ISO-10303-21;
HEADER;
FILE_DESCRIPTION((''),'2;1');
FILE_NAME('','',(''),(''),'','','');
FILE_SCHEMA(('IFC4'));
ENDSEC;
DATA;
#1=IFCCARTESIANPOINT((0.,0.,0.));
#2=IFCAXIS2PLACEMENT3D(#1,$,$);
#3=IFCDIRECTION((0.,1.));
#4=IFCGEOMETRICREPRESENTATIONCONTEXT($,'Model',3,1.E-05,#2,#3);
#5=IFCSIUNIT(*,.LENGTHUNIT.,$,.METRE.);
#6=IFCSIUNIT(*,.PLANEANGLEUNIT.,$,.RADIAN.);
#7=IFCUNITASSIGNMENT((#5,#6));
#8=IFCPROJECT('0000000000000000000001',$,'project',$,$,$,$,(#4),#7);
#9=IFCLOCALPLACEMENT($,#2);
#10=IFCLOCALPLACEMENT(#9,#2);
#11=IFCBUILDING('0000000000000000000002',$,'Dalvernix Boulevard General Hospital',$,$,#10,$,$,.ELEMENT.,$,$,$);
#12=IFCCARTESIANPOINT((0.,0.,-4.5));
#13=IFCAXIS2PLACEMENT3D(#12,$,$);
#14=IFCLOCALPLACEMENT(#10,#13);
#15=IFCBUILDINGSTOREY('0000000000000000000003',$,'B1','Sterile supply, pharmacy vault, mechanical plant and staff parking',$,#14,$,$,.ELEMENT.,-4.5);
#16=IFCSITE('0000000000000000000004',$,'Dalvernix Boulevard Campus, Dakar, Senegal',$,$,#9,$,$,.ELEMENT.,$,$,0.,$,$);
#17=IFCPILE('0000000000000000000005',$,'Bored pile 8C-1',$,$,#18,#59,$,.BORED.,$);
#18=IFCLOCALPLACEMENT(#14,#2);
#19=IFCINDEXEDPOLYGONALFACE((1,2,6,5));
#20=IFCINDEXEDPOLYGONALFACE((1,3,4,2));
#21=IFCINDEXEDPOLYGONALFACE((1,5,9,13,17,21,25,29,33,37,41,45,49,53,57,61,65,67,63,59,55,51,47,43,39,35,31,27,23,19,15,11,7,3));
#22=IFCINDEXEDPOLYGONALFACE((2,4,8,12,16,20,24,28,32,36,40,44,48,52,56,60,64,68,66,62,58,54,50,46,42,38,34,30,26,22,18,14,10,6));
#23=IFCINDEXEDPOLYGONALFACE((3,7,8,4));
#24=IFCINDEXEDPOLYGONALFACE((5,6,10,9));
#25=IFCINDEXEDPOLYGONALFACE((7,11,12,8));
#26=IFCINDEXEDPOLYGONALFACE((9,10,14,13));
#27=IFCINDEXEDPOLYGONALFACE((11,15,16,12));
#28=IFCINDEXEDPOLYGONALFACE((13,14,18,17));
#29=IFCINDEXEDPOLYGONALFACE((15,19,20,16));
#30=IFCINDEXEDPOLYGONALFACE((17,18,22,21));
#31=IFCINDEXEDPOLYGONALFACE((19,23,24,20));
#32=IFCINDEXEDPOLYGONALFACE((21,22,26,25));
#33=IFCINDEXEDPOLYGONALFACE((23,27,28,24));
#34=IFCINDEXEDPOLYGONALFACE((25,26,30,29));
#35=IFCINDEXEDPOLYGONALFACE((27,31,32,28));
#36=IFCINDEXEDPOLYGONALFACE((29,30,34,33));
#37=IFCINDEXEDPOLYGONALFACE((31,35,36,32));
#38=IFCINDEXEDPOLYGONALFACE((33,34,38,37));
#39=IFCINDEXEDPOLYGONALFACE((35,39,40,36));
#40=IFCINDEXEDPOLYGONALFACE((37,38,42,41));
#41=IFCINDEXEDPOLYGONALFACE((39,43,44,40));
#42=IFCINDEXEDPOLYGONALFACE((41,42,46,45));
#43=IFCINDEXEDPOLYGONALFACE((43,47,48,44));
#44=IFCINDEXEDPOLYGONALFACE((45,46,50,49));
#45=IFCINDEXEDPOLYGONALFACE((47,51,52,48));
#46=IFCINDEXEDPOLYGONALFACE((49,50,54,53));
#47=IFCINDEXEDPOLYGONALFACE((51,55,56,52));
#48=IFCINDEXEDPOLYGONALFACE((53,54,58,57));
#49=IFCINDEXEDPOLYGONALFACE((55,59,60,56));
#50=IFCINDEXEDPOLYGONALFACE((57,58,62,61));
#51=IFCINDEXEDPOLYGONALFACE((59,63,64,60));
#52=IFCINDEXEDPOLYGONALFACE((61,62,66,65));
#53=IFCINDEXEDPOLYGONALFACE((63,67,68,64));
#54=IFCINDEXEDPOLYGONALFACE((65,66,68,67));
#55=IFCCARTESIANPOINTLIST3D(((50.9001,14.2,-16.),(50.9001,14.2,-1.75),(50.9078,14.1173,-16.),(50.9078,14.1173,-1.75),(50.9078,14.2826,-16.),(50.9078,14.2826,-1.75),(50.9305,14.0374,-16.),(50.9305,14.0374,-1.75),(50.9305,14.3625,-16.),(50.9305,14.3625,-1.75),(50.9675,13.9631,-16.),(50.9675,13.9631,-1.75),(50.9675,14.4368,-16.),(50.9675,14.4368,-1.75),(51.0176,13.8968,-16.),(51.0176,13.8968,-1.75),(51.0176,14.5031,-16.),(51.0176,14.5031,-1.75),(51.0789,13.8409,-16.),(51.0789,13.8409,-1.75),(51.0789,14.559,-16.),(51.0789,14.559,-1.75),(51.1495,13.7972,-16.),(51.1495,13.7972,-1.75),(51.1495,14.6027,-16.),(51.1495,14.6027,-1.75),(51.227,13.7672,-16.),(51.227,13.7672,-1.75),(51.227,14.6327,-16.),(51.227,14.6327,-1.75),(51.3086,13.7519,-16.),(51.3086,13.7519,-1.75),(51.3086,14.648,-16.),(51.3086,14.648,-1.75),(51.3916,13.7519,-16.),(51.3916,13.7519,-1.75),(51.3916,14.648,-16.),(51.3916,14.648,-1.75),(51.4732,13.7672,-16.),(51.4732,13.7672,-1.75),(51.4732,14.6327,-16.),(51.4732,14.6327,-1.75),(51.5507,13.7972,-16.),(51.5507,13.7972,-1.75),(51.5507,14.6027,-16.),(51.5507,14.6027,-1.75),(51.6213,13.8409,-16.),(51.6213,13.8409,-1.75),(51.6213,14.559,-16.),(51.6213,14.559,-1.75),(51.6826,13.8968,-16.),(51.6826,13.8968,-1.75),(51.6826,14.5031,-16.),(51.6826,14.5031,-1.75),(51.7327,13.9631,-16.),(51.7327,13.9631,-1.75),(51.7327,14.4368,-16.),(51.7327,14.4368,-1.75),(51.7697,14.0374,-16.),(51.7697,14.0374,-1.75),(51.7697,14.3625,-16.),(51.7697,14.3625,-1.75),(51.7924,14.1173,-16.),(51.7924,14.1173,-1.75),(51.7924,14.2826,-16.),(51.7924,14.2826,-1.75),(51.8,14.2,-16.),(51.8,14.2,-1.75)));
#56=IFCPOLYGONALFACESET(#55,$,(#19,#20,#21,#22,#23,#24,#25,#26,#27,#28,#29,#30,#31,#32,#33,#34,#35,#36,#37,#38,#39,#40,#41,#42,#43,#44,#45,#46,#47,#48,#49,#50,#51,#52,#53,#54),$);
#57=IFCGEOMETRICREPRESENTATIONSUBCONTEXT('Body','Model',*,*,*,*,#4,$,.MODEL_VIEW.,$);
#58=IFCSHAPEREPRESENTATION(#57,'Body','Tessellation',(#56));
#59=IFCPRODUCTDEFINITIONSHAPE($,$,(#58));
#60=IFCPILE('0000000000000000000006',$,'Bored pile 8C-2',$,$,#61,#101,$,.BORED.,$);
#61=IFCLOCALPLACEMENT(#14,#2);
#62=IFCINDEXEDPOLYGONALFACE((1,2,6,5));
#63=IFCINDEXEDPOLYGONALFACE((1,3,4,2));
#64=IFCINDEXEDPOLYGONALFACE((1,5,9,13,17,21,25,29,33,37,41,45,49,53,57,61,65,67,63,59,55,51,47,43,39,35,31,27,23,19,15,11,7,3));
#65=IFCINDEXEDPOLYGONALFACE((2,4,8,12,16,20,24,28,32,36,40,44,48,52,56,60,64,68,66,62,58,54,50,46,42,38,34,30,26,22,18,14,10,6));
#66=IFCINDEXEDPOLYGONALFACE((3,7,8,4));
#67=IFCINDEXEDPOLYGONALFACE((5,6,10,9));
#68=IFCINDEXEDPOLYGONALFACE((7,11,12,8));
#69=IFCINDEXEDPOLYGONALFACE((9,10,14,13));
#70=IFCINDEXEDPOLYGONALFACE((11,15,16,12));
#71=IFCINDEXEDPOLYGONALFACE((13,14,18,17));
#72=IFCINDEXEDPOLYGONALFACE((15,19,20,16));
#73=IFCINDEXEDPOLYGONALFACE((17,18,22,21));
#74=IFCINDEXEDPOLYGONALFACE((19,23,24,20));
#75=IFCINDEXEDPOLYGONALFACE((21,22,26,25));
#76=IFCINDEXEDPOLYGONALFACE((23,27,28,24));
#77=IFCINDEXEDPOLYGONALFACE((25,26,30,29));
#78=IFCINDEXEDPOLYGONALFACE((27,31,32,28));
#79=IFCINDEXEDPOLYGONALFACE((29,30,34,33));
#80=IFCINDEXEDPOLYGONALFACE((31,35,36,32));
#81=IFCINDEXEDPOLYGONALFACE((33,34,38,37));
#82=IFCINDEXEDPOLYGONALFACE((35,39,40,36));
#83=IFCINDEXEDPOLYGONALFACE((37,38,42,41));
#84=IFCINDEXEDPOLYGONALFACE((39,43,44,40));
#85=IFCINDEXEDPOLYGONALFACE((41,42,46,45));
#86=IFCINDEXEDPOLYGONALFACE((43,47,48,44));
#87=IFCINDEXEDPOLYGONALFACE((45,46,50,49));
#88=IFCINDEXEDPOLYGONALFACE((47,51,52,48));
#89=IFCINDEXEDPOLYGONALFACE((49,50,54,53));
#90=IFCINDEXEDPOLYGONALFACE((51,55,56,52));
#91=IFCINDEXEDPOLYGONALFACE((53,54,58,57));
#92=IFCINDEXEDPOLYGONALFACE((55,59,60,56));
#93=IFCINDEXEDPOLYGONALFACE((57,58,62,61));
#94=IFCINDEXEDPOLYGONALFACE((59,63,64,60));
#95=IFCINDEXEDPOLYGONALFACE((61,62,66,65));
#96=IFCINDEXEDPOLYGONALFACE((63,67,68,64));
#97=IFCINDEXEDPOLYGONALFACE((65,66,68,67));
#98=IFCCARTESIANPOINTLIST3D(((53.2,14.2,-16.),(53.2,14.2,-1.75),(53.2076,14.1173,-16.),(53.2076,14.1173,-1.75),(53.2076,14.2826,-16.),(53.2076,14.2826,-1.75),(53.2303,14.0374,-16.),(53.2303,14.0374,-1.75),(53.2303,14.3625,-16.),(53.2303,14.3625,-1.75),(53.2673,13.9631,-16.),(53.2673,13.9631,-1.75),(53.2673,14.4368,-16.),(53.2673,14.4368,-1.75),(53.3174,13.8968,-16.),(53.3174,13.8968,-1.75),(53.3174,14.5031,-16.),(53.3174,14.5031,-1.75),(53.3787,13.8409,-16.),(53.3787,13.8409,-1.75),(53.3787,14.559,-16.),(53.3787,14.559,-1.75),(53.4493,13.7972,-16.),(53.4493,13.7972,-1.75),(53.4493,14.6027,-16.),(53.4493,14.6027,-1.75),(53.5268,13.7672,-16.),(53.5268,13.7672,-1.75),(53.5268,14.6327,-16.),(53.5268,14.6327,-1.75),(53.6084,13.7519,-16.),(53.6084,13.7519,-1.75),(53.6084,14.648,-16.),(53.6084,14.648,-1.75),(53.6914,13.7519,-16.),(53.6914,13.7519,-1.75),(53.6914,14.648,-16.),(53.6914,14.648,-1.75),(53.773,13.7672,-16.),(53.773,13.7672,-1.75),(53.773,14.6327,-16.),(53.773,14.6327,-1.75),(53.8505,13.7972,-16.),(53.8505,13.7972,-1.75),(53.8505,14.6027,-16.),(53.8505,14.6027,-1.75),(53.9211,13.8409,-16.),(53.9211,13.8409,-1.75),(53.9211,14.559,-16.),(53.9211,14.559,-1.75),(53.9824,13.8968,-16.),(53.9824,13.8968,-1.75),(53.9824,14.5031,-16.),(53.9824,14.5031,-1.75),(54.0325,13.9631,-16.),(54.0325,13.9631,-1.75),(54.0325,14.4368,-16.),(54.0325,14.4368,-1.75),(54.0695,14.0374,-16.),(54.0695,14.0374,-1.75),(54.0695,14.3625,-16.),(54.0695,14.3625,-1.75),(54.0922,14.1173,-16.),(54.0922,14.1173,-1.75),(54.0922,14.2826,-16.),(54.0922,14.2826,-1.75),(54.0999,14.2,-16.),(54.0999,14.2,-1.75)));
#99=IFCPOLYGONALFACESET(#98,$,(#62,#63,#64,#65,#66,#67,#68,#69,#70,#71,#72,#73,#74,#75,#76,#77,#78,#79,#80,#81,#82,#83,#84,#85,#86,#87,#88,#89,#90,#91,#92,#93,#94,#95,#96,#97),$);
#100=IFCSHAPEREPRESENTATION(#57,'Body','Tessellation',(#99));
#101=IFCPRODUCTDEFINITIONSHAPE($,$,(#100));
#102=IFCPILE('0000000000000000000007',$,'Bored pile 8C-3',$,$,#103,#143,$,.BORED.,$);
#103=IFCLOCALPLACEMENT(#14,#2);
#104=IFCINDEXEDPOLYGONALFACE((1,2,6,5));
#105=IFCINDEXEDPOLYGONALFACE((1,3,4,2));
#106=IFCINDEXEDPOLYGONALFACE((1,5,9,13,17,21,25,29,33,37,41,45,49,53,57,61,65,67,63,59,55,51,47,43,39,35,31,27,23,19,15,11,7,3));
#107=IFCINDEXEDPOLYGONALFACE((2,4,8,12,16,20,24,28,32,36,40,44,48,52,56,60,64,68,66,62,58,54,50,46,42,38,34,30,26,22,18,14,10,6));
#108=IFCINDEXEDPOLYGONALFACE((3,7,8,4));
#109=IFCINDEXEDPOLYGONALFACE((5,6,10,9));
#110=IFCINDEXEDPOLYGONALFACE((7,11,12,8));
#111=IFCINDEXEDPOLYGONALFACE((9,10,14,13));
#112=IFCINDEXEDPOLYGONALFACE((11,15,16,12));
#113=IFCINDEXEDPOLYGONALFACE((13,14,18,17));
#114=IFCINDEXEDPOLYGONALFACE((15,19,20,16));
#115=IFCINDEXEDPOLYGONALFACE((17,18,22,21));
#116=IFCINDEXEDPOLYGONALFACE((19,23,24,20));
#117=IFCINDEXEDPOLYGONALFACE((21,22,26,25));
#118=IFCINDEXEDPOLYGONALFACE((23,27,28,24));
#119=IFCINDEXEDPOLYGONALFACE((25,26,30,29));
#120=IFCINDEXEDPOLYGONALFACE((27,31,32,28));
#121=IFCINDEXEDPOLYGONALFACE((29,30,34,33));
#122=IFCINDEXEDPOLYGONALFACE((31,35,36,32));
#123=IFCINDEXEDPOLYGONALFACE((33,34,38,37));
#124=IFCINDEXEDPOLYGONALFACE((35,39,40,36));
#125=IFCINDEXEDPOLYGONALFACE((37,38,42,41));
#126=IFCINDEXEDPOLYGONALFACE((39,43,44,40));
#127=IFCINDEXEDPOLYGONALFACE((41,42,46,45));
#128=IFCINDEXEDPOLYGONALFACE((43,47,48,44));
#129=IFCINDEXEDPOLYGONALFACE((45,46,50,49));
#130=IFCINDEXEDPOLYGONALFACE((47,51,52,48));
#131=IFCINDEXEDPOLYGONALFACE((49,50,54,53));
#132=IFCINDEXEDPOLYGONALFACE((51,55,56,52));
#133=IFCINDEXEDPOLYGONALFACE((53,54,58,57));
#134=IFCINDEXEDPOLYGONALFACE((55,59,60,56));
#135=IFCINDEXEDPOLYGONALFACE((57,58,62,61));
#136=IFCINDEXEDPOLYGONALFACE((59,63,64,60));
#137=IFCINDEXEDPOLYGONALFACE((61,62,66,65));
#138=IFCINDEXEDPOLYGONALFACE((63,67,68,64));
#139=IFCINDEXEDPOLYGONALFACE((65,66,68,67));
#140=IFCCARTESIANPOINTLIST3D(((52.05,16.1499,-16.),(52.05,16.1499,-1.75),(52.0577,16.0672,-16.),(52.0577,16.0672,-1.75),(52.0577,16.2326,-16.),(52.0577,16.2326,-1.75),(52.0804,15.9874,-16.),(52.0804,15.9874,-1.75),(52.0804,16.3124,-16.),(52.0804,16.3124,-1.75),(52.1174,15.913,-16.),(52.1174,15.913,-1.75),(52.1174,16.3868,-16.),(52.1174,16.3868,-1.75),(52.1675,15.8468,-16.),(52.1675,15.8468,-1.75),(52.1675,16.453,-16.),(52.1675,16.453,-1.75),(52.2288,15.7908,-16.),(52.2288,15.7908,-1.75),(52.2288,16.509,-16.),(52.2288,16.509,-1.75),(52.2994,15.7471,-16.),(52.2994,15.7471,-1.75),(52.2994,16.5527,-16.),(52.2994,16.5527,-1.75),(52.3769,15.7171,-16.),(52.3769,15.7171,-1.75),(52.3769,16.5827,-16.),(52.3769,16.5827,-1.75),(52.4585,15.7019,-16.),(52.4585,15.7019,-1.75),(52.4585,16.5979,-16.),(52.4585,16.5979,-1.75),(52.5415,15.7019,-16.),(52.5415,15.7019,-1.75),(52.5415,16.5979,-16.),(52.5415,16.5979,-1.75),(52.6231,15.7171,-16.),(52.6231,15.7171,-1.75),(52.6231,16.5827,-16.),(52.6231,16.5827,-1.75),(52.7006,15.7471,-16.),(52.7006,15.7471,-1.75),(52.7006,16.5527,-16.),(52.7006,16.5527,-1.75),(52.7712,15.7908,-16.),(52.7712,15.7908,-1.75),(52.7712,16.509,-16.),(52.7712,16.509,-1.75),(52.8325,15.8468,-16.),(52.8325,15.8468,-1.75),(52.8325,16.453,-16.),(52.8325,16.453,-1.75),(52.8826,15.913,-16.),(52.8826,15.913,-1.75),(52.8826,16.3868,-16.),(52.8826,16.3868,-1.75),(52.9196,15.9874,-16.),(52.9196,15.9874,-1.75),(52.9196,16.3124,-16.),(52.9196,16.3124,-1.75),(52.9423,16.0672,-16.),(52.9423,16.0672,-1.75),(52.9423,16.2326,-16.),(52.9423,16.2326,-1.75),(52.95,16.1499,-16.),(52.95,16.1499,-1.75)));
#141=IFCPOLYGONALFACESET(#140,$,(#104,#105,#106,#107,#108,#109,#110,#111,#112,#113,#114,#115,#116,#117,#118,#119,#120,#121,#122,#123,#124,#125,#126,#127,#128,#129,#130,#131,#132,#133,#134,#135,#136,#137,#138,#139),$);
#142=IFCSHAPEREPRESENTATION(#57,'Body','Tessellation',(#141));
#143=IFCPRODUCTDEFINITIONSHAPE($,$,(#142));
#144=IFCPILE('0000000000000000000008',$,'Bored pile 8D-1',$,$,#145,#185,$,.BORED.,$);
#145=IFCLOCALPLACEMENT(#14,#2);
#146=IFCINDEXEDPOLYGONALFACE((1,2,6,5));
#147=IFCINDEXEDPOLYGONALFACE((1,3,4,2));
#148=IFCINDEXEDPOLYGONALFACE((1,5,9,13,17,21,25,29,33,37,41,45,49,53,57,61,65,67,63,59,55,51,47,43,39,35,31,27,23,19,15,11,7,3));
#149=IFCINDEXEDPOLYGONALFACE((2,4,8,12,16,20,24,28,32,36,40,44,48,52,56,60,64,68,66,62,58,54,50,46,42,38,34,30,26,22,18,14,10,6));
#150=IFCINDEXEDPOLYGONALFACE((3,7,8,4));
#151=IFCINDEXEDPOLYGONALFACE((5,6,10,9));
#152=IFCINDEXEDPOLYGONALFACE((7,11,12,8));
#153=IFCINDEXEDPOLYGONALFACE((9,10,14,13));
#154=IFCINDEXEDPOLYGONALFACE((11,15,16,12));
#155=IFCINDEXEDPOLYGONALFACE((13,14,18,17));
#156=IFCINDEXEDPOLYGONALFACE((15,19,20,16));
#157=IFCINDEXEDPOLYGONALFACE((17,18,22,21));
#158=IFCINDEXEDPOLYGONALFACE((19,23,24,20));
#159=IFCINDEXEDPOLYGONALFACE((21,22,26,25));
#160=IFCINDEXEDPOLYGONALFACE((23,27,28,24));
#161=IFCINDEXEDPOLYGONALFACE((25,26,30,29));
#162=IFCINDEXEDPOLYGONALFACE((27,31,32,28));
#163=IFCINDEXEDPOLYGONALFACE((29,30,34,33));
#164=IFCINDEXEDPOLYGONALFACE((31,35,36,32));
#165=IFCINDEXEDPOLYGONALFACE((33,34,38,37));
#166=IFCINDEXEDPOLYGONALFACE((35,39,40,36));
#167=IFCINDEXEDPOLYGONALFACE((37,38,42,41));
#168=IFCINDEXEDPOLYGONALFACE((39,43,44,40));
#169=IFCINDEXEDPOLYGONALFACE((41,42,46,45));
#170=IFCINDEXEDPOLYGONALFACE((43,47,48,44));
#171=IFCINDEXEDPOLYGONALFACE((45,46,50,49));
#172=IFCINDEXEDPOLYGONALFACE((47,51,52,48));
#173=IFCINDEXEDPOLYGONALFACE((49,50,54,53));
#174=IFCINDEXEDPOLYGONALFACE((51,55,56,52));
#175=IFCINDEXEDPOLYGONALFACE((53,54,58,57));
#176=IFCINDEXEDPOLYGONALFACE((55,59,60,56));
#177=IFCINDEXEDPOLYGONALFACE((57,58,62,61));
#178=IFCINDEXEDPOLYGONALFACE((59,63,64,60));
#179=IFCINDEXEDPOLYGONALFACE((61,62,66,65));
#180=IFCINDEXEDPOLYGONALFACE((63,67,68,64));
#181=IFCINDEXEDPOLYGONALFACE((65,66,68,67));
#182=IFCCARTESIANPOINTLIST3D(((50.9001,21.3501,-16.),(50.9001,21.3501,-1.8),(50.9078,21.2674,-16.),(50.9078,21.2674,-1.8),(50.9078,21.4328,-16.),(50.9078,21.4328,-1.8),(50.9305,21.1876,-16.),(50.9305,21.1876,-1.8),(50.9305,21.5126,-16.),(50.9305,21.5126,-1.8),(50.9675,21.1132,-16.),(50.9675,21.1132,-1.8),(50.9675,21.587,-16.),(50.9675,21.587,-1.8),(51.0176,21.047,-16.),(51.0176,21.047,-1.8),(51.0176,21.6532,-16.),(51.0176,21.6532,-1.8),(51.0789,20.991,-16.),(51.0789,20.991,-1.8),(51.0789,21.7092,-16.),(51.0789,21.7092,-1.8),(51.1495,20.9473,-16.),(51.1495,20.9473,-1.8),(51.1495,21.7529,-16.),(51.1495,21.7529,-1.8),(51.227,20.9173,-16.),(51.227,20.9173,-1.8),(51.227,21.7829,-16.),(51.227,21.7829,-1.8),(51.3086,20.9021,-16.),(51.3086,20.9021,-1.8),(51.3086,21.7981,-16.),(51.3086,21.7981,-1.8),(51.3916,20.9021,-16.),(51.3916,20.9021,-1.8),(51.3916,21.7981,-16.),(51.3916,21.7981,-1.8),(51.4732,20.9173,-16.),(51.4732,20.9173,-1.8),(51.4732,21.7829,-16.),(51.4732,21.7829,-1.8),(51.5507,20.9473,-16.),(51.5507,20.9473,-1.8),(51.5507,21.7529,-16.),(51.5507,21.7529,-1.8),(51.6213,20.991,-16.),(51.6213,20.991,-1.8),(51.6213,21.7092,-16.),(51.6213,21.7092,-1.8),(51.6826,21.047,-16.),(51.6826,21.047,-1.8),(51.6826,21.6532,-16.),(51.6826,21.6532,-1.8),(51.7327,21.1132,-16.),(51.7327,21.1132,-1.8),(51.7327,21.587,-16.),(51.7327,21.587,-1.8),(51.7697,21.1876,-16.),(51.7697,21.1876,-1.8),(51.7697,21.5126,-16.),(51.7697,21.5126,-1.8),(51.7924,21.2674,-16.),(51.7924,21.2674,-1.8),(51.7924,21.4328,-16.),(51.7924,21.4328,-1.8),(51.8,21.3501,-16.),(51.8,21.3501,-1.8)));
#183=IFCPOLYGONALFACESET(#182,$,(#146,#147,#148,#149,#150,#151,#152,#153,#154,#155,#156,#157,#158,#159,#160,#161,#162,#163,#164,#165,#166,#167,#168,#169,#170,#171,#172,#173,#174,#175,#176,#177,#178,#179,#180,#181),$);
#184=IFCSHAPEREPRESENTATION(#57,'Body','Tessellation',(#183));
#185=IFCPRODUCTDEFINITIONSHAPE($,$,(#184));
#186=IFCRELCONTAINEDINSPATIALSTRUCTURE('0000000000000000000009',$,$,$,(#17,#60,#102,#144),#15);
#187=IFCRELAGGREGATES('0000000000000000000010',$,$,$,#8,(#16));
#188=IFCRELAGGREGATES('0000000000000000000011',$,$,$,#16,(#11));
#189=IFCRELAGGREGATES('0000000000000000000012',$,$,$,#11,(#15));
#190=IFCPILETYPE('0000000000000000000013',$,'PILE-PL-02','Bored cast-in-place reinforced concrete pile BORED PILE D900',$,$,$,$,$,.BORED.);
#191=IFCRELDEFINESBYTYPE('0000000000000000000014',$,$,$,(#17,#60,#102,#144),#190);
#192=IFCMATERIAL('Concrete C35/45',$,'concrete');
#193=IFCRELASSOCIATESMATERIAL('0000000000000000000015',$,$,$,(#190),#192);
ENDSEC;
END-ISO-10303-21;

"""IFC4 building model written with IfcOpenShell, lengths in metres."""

from ifc_helpers import new_model, si_unit, direction, frame, origin, origin_2d, place, context, subcontext, project, spatial, circle, extrude, material, material_profile, profile_set, type_object, element, save


model = new_model("IFC4")

# Units and contexts
model_context = context("Model", 3, precision=1e-05, world=origin(), true_north=direction((0.0, 1.0)))
body_context = subcontext(model_context, "Body", "Model", "MODEL_VIEW")
ifc_project = project(units=[si_unit("LENGTHUNIT", "METRE"), si_unit("PLANEANGLEUNIT", "RADIAN")], contexts=[model_context])

# Site, building, storey
site_placement = place(None, origin())
site = spatial("IfcSite", under=ifc_project, at=site_placement, Name="Dalvernix Boulevard Campus, Dakar, Senegal", CompositionType="ELEMENT", RefElevation=0.0)
building_placement = place(site_placement, origin())
building = spatial("IfcBuilding", under=site, at=building_placement, Name="Dalvernix Boulevard General Hospital", CompositionType="ELEMENT")
storey_placement = place(building_placement, frame((0.0, 0.0, -4.5)))
storey = spatial("IfcBuildingStorey", under=building, at=storey_placement, Name="B1", Description="Sterile supply, pharmacy vault, mechanical plant and staff parking", CompositionType="ELEMENT", Elevation=-4.5)

# Shared definitions
ifc_material_1 = material(Name="Concrete C35/45", Category="concrete")

# Piles
ifc_material_profile_1 = material_profile(ifc_material_1, circle(Radius=0.45, at=origin_2d()), Name="BORED PILE D900")
ifc_profile_set_1 = profile_set([ifc_material_profile_1], Name="Concrete C35/45")
pile_type = type_object("IfcPileType", Name="PILE-PL-02", Description="Bored cast-in-place reinforced concrete pile BORED PILE D900", PredefinedType="BORED", material=ifc_profile_set_1)
for number, where, z_axis, x_axis, name in (
    (1, (51.3501, 14.2, -1.75), (0.0, 0.0, -1.0), (1.0, 0.0, 0.0), "Bored pile 8C-1"),
    (2, (53.6499, 14.2, -1.75), (0.0, 0.0, -1.0), (1.0, 0.0, 0.0), "Bored pile 8C-2"),
    (3, (52.5, 16.1499, -1.75), (0.0, 0.0, -1.0), (1.0, 0.0, 0.0), "Bored pile 8C-3"),
):
    element("IfcPile", number, at=place(storey_placement, frame(where, z_axis=z_axis, x_axis=x_axis)), inside=storey, type_object=pile_type, Name=name, PredefinedType="BORED", context=body_context, shape_type="SweptSolid", body=[
        extrude(circle(Radius=0.45, at=origin_2d()), origin(), (0.0, 0.0, 1.0), 14.25),
    ])
for number, where, z_axis, x_axis, name in (
    (4, (51.3501, 21.3501, -1.8), (0.0, 0.0, -1.0), (1.0, 0.0, 0.0), "Bored pile 8D-1"),
):
    element("IfcPile", number, at=place(storey_placement, frame(where, z_axis=z_axis, x_axis=x_axis)), inside=storey, type_object=pile_type, Name=name, PredefinedType="BORED", context=body_context, shape_type="SweptSolid", body=[
        extrude(circle(Radius=0.45, at=origin_2d()), origin(), (0.0, 0.0, 1.0), 14.2),
    ])

save(model, "model.ifc")
